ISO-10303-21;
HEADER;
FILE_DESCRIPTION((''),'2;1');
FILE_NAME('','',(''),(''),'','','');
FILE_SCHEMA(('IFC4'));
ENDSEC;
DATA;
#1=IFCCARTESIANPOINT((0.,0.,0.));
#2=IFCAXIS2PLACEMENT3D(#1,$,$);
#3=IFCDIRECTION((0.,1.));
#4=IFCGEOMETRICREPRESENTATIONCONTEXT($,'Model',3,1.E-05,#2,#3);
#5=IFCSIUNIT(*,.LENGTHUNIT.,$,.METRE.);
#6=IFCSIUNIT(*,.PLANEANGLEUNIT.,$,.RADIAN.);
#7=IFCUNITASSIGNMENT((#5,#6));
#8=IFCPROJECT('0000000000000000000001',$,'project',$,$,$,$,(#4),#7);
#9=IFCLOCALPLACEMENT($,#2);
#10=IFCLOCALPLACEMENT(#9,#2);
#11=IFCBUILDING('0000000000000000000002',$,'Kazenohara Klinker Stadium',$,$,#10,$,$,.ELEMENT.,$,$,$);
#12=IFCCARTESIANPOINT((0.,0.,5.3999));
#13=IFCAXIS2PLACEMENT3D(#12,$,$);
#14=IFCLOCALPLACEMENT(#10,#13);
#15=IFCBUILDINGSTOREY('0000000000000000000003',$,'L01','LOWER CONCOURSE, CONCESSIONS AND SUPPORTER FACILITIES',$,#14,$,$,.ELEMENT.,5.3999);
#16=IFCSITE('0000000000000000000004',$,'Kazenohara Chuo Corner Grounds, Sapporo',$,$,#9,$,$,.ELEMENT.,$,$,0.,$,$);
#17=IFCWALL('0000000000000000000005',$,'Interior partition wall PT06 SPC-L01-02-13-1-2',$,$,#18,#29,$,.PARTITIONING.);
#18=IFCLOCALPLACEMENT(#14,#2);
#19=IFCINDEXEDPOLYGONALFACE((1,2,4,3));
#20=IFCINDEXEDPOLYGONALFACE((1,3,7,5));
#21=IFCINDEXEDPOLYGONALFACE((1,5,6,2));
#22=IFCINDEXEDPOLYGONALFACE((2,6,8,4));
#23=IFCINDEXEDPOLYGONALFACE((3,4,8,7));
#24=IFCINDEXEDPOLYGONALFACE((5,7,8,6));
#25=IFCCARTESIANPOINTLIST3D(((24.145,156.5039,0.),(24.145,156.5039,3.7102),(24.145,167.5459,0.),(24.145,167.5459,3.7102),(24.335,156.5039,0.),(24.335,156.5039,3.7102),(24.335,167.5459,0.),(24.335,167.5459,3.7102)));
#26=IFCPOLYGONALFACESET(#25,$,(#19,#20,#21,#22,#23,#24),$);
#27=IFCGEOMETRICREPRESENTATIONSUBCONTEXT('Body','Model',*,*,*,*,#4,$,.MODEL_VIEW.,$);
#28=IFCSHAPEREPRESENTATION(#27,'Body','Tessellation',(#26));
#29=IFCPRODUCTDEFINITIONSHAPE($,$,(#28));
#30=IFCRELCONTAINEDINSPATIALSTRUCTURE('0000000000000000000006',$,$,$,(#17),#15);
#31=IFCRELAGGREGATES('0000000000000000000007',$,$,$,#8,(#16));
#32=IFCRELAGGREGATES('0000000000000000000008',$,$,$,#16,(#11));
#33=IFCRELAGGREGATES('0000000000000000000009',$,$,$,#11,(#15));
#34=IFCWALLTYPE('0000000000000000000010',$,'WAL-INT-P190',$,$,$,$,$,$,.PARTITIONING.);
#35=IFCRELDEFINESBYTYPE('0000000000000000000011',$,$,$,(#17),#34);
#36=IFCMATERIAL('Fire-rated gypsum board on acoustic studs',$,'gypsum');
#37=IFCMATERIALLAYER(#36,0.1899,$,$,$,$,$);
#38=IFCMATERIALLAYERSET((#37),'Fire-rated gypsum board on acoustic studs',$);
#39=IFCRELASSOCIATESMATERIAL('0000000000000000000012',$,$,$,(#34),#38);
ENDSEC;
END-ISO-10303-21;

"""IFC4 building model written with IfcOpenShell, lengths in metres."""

from ifc_helpers import new_model, si_unit, direction, frame, frame_2d, origin, place, context, subcontext, project, spatial, rectangle, extrude, material, layer, layer_set, type_object, element, save


model = new_model("IFC4")

# Units and contexts
model_context = context("Model", 3, precision=1e-05, world=origin(), true_north=direction((0.0, 1.0)))
body_context = subcontext(model_context, "Body", "Model", "MODEL_VIEW")
ifc_project = project(units=[si_unit("LENGTHUNIT", "METRE"), si_unit("PLANEANGLEUNIT", "RADIAN")], contexts=[model_context])

# Site, building, storey
site_placement = place(None, origin())
site = spatial("IfcSite", under=ifc_project, at=site_placement, Name="Kazenohara Chuo Corner Grounds, Sapporo", CompositionType="ELEMENT", RefElevation=0.0)
building_placement = place(site_placement, origin())
building = spatial("IfcBuilding", under=site, at=building_placement, Name="Kazenohara Klinker Stadium", CompositionType="ELEMENT")
storey_placement = place(building_placement, frame((0.0, 0.0, 5.3999)))
storey = spatial("IfcBuildingStorey", under=building, at=storey_placement, Name="L01", Description="LOWER CONCOURSE, CONCESSIONS AND SUPPORTER FACILITIES", CompositionType="ELEMENT", Elevation=5.3999)

# Shared definitions
ifc_material_1 = material(Name="Fire-rated gypsum board on acoustic studs", Category="gypsum")

# Wall
ifc_layer_1 = layer(ifc_material_1, 0.1899)
ifc_layer_set_1 = layer_set([ifc_layer_1], Name="Fire-rated gypsum board on acoustic studs")
wall_type_1 = type_object("IfcWallType", Name="WAL-INT-P190", PredefinedType="PARTITIONING", material=ifc_layer_set_1)
wall_1_placement = place(storey_placement, frame((24.24, 156.5039, 0.0), z_axis=(0.0, 0.0, 1.0), x_axis=(0.0, 1.0, 0.0)))
element("IfcWall", 1, at=wall_1_placement, inside=storey, type_object=wall_type_1, Name="Interior partition wall PT06 SPC-L01-02-13-1-2", PredefinedType="PARTITIONING", context=body_context, shape_type="SweptSolid", body=[
    extrude(rectangle(XDim=11.042, YDim=0.1899, at=frame_2d((5.521, 0.0))), origin(), (0.0, 0.0, 1.0), 3.7102),
])

save(model, "model.ifc")
